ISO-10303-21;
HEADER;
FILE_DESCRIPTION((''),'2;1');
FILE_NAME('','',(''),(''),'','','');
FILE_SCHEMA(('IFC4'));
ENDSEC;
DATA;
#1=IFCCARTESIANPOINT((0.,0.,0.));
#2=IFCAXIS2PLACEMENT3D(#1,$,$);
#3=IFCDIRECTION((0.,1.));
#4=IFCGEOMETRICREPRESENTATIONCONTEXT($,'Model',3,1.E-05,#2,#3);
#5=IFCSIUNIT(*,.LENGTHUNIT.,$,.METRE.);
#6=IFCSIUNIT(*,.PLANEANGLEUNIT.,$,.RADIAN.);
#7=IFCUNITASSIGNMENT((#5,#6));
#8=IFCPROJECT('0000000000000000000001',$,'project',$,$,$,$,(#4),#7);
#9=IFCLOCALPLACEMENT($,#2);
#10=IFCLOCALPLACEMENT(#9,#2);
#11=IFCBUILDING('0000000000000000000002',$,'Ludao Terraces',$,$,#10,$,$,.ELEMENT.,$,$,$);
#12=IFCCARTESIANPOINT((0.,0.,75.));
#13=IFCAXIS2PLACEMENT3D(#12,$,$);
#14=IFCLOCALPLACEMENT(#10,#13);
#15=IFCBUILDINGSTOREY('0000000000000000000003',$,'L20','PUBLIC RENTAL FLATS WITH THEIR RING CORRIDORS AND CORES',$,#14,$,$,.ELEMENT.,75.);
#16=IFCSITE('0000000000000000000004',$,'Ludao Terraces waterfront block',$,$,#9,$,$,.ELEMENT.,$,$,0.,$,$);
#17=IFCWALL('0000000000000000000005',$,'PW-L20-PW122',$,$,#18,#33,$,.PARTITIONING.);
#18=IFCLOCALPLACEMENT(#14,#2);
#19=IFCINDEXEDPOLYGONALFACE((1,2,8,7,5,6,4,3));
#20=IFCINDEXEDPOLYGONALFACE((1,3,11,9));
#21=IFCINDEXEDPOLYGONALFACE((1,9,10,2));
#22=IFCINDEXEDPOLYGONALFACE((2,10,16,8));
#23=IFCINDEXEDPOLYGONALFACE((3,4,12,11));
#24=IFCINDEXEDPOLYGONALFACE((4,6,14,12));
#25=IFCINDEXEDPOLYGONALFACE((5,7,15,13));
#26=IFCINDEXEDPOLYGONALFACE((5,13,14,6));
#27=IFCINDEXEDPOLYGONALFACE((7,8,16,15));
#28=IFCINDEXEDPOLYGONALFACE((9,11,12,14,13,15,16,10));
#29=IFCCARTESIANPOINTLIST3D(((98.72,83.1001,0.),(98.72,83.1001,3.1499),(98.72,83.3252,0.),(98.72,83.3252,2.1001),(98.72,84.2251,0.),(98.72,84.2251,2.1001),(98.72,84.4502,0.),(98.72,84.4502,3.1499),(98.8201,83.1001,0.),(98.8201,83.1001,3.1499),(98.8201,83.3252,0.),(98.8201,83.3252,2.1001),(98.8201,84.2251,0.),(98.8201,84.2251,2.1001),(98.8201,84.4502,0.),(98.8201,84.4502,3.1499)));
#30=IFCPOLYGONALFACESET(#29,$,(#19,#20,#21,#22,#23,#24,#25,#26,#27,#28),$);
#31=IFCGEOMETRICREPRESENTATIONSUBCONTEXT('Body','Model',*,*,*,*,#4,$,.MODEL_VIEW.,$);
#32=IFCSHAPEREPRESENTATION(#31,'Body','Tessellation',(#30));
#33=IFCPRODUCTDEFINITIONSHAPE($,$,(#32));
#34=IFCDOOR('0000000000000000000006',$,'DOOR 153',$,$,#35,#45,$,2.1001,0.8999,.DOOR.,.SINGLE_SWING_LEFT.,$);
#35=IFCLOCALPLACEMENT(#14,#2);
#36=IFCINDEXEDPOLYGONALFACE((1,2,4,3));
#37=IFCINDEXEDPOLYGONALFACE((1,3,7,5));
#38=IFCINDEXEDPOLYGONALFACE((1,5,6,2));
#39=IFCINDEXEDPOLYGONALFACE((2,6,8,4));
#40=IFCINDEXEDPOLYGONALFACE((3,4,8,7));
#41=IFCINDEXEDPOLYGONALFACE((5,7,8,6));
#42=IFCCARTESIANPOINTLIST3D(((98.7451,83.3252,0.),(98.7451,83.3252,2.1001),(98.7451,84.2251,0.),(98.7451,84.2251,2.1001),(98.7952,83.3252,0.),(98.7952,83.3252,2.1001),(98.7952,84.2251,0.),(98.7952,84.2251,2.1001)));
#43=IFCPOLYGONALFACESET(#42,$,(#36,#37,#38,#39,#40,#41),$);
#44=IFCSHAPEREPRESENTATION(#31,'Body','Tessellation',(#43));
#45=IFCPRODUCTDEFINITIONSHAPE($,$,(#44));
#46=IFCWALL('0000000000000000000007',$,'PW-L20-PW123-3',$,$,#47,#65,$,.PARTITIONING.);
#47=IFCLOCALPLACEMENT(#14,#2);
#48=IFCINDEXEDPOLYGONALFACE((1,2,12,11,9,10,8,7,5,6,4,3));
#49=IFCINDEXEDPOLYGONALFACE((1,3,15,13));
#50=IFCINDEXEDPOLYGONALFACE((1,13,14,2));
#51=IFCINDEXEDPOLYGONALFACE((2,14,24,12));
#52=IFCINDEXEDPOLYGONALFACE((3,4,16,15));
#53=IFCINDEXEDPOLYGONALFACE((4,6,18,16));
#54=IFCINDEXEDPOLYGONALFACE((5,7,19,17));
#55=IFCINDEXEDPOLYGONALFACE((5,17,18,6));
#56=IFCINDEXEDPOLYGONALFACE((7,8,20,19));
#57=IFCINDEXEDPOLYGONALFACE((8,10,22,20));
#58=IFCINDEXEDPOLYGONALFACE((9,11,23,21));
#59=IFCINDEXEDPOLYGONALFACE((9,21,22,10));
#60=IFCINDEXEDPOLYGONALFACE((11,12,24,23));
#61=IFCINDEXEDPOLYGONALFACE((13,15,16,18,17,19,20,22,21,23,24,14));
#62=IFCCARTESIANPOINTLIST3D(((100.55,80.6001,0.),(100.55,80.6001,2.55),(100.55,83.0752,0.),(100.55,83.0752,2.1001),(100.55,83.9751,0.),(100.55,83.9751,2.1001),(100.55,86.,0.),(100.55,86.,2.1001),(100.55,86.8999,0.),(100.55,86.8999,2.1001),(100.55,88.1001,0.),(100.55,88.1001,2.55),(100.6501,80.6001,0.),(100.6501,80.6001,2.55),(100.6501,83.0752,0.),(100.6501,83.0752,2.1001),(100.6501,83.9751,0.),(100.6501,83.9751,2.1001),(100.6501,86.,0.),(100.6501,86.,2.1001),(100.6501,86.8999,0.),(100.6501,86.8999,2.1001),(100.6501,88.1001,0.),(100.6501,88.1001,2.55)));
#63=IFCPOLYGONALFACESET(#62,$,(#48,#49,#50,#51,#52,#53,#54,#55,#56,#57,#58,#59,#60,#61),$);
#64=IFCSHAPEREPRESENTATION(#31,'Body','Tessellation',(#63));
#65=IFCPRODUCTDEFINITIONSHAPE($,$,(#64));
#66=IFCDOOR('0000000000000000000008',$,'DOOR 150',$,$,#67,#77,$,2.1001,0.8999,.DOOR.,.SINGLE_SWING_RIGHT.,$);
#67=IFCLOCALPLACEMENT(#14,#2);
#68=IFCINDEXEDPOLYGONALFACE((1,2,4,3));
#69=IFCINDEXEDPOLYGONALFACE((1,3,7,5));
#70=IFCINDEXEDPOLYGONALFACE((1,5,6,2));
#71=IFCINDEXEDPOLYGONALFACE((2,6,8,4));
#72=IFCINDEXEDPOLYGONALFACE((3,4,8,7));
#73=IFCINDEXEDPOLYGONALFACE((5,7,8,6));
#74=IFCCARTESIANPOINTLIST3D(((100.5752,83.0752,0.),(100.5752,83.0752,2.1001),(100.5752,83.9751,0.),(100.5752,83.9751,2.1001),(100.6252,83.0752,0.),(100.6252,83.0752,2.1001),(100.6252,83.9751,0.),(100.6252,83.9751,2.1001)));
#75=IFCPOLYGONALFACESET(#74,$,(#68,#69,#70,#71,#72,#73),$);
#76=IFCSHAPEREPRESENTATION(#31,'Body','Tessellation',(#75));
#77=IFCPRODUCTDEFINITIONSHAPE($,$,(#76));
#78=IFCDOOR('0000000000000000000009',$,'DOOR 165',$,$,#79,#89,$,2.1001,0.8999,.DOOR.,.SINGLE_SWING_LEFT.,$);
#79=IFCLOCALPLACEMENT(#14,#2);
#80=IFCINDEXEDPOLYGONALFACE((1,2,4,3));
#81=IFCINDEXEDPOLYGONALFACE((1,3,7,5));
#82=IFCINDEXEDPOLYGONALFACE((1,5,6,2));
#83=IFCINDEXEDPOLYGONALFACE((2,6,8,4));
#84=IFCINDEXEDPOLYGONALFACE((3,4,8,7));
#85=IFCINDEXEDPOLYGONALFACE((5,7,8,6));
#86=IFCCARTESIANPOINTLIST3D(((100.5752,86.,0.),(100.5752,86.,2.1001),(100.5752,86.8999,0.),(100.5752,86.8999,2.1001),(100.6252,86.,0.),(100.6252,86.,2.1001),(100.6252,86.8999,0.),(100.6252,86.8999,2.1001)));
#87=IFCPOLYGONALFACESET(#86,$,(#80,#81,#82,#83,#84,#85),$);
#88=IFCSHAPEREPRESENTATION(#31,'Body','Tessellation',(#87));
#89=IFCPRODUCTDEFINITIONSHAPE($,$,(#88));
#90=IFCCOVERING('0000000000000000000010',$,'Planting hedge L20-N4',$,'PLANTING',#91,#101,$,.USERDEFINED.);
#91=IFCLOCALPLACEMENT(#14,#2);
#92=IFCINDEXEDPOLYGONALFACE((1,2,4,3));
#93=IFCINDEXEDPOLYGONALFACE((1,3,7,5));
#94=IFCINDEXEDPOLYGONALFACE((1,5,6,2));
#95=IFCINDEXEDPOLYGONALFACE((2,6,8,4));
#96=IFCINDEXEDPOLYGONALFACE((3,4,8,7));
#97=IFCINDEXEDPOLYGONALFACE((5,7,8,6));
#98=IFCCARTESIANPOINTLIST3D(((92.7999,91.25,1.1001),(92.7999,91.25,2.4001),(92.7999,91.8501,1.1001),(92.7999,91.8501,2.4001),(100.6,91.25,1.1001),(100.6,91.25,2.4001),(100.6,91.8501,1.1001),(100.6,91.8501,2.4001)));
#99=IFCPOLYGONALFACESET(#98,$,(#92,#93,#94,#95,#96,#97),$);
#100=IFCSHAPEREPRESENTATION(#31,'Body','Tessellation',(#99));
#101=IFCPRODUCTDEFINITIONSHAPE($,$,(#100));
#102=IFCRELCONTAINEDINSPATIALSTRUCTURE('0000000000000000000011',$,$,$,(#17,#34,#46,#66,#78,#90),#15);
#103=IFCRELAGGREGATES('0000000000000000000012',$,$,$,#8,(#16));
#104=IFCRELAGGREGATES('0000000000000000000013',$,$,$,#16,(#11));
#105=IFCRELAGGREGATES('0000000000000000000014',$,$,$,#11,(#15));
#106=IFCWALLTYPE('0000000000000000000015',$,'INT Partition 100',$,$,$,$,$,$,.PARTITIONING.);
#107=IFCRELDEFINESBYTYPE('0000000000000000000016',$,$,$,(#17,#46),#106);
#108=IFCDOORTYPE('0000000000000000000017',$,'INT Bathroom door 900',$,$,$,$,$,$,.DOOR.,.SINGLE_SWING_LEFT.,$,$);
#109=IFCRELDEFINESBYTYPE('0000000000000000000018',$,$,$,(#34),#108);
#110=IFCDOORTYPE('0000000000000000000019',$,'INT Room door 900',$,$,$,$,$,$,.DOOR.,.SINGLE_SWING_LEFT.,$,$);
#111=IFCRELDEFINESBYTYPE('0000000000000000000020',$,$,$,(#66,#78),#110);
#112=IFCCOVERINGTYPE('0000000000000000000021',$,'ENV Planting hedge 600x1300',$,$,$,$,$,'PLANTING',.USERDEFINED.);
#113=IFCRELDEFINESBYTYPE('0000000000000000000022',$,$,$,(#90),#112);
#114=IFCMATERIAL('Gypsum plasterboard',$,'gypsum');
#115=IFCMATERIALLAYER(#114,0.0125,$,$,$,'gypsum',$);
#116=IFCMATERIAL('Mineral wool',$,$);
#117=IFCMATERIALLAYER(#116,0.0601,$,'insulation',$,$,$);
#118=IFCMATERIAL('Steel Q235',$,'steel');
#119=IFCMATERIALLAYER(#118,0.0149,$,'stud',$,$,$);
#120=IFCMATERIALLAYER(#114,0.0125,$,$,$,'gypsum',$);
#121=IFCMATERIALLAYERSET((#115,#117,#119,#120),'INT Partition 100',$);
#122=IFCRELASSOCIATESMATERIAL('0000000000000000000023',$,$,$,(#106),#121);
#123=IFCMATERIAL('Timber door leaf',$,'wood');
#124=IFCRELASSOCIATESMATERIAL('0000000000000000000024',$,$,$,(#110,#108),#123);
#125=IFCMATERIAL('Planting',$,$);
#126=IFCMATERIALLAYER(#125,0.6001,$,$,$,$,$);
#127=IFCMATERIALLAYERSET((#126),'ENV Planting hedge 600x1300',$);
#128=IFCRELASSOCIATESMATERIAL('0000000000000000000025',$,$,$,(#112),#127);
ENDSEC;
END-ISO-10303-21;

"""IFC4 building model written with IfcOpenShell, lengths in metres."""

from ifc_helpers import new_model, si_unit, direction, frame, frame_2d, origin, origin_2d, place, context, subcontext, project, spatial, rectangle, extrude, material, layer, layer_set, type_object, element, fill, save


model = new_model("IFC4")

# Units and contexts
model_context = context("Model", 3, precision=1e-05, world=origin(), true_north=direction((0.0, 1.0)))
body_context = subcontext(model_context, "Body", "Model", "MODEL_VIEW")
ifc_project = project(units=[si_unit("LENGTHUNIT", "METRE"), si_unit("PLANEANGLEUNIT", "RADIAN")], contexts=[model_context])

# Site, building, storey
site_placement = place(None, origin())
site = spatial("IfcSite", under=ifc_project, at=site_placement, Name="Ludao Terraces waterfront block", CompositionType="ELEMENT", RefElevation=0.0)
building_placement = place(site_placement, origin())
building = spatial("IfcBuilding", under=site, at=building_placement, Name="Ludao Terraces", CompositionType="ELEMENT")
storey_placement = place(building_placement, frame((0.0, 0.0, 75.0)))
storey = spatial("IfcBuildingStorey", under=building, at=storey_placement, Name="L20", Description="PUBLIC RENTAL FLATS WITH THEIR RING CORRIDORS AND CORES", CompositionType="ELEMENT", Elevation=75.0)

# Shared definitions
ifc_material_1 = material(Name="Gypsum plasterboard", Category="gypsum")
ifc_layer_1 = layer(ifc_material_1, 0.0125, Category="gypsum")
ifc_material_2 = material(Name="Mineral wool")
ifc_layer_2 = layer(ifc_material_2, 0.0601, Name="insulation")
ifc_material_3 = material(Name="Steel Q235", Category="steel")
ifc_layer_3 = layer(ifc_material_3, 0.0149, Name="stud")
ifc_layer_4 = layer(ifc_material_1, 0.0125, Category="gypsum")
ifc_layer_set_1 = layer_set([ifc_layer_1, ifc_layer_2, ifc_layer_3, ifc_layer_4], Name="INT Partition 100")
wall_type_1 = type_object("IfcWallType", Name="INT Partition 100", PredefinedType="PARTITIONING", material=ifc_layer_set_1)

# Wall, opening, door
ifc_material_4 = material(Name="Timber door leaf", Category="wood")
door_type_1 = type_object("IfcDoorType", Name="INT Room door 900", OperationType="SINGLE_SWING_LEFT", PredefinedType="DOOR", material=ifc_material_4)
wall_1_placement = place(storey_placement, frame((98.77, 83.1001, 0.0), z_axis=(0.0, 0.0, 1.0), x_axis=(0.0, 1.0, 0.0)))
wall_1 = element("IfcWall", 1, at=wall_1_placement, inside=storey, type_object=wall_type_1, Name="PW-L20-PW122", PredefinedType="PARTITIONING", context=body_context, shape_type="SweptSolid", body=[
    extrude(rectangle(XDim=1.3501, YDim=0.1001, at=frame_2d((0.675, 0.0))), origin(), (0.0, 0.0, 1.0), 3.1499),
])
opening_1_placement = place(wall_1_placement, frame((0.2251, 0.0, 0.0)))
opening_1 = element("IfcOpeningElement", 2, at=opening_1_placement, cuts=wall_1, PredefinedType="OPENING", context=body_context, shape_type="SweptSolid", body=[
    extrude(rectangle(XDim=0.8999, YDim=2.1001, at=frame_2d((0.45, 1.05))), frame((0.0, 0.0601, 0.0), z_axis=(0.0, -1.0, 0.0), x_axis=(1.0, 0.0, 0.0)), (0.0, 0.0, 1.0), 0.1201),
])
door_type_2 = type_object("IfcDoorType", Name="INT Bathroom door 900", OperationType="SINGLE_SWING_LEFT", PredefinedType="DOOR", material=ifc_material_4)
door_1_placement = place(opening_1_placement, origin())
door_1 = element("IfcDoor", 3, at=door_1_placement, inside=storey, type_object=door_type_2, Name="DOOR 153", OperationType="SINGLE_SWING_LEFT", OverallHeight=2.1001, OverallWidth=0.8999, PredefinedType="DOOR", context=body_context, shape_type="SweptSolid", body=[
    extrude(rectangle(XDim=0.8999, YDim=2.1001, at=frame_2d((0.45, 1.05))), frame((0.0, 0.0249, 0.0), z_axis=(0.0, -1.0, 0.0), x_axis=(1.0, 0.0, 0.0)), (0.0, 0.0, 1.0), 0.05),
])
fill(opening_1, door_1)

# Wall, openings, doors
wall_2_placement = place(storey_placement, frame((100.6001, 80.6001, 0.0), z_axis=(0.0, 0.0, 1.0), x_axis=(0.0, 1.0, 0.0)))
wall_2 = element("IfcWall", 4, at=wall_2_placement, inside=storey, type_object=wall_type_1, Name="PW-L20-PW123-3", PredefinedType="PARTITIONING", context=body_context, shape_type="SweptSolid", body=[
    extrude(rectangle(XDim=7.5, YDim=0.1001, at=frame_2d((3.75, 0.0))), origin(), (0.0, 0.0, 1.0), 2.55),
])
opening_2_placement = place(wall_2_placement, frame((2.4751, 0.0, 0.0)))
opening_2 = element("IfcOpeningElement", 5, at=opening_2_placement, cuts=wall_2, PredefinedType="OPENING", context=body_context, shape_type="SweptSolid", body=[
    extrude(rectangle(XDim=0.8999, YDim=2.1001, at=frame_2d((0.45, 1.05))), frame((0.0, 0.0601, 0.0), z_axis=(0.0, -1.0, 0.0), x_axis=(1.0, 0.0, 0.0)), (0.0, 0.0, 1.0), 0.1201),
])
opening_3_placement = place(wall_2_placement, frame((5.3999, 0.0, 0.0)))
opening_3 = element("IfcOpeningElement", 6, at=opening_3_placement, cuts=wall_2, PredefinedType="OPENING", context=body_context, shape_type="SweptSolid", body=[
    extrude(rectangle(XDim=0.8999, YDim=2.1001, at=frame_2d((0.45, 1.05))), frame((0.0, 0.0601, 0.0), z_axis=(0.0, -1.0, 0.0), x_axis=(1.0, 0.0, 0.0)), (0.0, 0.0, 1.0), 0.1201),
])
door_2_placement = place(opening_2_placement, origin())
door_2 = element("IfcDoor", 7, at=door_2_placement, inside=storey, type_object=door_type_1, Name="DOOR 150", OperationType="SINGLE_SWING_RIGHT", OverallHeight=2.1001, OverallWidth=0.8999, PredefinedType="DOOR", context=body_context, shape_type="SweptSolid", body=[
    extrude(rectangle(XDim=0.8999, YDim=2.1001, at=frame_2d((0.45, 1.05))), frame((0.0, 0.0249, 0.0), z_axis=(0.0, -1.0, 0.0), x_axis=(1.0, 0.0, 0.0)), (0.0, 0.0, 1.0), 0.05),
])
fill(opening_2, door_2)
door_3_placement = place(opening_3_placement, origin())
door_3 = element("IfcDoor", 8, at=door_3_placement, inside=storey, type_object=door_type_1, Name="DOOR 165", OperationType="SINGLE_SWING_LEFT", OverallHeight=2.1001, OverallWidth=0.8999, PredefinedType="DOOR", context=body_context, shape_type="SweptSolid", body=[
    extrude(rectangle(XDim=0.8999, YDim=2.1001, at=frame_2d((0.45, 1.05))), frame((0.0, 0.0249, 0.0), z_axis=(0.0, -1.0, 0.0), x_axis=(1.0, 0.0, 0.0)), (0.0, 0.0, 1.0), 0.05),
])
fill(opening_3, door_3)

# Covering
ifc_material_5 = material(Name="Planting")
ifc_layer_5 = layer(ifc_material_5, 0.6001)
ifc_layer_set_2 = layer_set([ifc_layer_5], Name="ENV Planting hedge 600x1300")
covering_type = type_object("IfcCoveringType", Name="ENV Planting hedge 600x1300", ElementType="PLANTING", PredefinedType="USERDEFINED", material=ifc_layer_set_2)
covering_placement = place(storey_placement, frame((96.7, 91.55, 1.1001), z_axis=(0.0, 0.0, 1.0), x_axis=(1.0, 0.0, 0.0)))
element("IfcCovering", 9, at=covering_placement, inside=storey, type_object=covering_type, Name="Planting hedge L20-N4", ObjectType="PLANTING", PredefinedType="USERDEFINED", context=body_context, shape_type="SweptSolid", body=[
    extrude(rectangle(XDim=7.8, YDim=0.6001, at=origin_2d()), origin(), (0.0, 0.0, 1.0), 1.3),
])

save(model, "model.ifc")
